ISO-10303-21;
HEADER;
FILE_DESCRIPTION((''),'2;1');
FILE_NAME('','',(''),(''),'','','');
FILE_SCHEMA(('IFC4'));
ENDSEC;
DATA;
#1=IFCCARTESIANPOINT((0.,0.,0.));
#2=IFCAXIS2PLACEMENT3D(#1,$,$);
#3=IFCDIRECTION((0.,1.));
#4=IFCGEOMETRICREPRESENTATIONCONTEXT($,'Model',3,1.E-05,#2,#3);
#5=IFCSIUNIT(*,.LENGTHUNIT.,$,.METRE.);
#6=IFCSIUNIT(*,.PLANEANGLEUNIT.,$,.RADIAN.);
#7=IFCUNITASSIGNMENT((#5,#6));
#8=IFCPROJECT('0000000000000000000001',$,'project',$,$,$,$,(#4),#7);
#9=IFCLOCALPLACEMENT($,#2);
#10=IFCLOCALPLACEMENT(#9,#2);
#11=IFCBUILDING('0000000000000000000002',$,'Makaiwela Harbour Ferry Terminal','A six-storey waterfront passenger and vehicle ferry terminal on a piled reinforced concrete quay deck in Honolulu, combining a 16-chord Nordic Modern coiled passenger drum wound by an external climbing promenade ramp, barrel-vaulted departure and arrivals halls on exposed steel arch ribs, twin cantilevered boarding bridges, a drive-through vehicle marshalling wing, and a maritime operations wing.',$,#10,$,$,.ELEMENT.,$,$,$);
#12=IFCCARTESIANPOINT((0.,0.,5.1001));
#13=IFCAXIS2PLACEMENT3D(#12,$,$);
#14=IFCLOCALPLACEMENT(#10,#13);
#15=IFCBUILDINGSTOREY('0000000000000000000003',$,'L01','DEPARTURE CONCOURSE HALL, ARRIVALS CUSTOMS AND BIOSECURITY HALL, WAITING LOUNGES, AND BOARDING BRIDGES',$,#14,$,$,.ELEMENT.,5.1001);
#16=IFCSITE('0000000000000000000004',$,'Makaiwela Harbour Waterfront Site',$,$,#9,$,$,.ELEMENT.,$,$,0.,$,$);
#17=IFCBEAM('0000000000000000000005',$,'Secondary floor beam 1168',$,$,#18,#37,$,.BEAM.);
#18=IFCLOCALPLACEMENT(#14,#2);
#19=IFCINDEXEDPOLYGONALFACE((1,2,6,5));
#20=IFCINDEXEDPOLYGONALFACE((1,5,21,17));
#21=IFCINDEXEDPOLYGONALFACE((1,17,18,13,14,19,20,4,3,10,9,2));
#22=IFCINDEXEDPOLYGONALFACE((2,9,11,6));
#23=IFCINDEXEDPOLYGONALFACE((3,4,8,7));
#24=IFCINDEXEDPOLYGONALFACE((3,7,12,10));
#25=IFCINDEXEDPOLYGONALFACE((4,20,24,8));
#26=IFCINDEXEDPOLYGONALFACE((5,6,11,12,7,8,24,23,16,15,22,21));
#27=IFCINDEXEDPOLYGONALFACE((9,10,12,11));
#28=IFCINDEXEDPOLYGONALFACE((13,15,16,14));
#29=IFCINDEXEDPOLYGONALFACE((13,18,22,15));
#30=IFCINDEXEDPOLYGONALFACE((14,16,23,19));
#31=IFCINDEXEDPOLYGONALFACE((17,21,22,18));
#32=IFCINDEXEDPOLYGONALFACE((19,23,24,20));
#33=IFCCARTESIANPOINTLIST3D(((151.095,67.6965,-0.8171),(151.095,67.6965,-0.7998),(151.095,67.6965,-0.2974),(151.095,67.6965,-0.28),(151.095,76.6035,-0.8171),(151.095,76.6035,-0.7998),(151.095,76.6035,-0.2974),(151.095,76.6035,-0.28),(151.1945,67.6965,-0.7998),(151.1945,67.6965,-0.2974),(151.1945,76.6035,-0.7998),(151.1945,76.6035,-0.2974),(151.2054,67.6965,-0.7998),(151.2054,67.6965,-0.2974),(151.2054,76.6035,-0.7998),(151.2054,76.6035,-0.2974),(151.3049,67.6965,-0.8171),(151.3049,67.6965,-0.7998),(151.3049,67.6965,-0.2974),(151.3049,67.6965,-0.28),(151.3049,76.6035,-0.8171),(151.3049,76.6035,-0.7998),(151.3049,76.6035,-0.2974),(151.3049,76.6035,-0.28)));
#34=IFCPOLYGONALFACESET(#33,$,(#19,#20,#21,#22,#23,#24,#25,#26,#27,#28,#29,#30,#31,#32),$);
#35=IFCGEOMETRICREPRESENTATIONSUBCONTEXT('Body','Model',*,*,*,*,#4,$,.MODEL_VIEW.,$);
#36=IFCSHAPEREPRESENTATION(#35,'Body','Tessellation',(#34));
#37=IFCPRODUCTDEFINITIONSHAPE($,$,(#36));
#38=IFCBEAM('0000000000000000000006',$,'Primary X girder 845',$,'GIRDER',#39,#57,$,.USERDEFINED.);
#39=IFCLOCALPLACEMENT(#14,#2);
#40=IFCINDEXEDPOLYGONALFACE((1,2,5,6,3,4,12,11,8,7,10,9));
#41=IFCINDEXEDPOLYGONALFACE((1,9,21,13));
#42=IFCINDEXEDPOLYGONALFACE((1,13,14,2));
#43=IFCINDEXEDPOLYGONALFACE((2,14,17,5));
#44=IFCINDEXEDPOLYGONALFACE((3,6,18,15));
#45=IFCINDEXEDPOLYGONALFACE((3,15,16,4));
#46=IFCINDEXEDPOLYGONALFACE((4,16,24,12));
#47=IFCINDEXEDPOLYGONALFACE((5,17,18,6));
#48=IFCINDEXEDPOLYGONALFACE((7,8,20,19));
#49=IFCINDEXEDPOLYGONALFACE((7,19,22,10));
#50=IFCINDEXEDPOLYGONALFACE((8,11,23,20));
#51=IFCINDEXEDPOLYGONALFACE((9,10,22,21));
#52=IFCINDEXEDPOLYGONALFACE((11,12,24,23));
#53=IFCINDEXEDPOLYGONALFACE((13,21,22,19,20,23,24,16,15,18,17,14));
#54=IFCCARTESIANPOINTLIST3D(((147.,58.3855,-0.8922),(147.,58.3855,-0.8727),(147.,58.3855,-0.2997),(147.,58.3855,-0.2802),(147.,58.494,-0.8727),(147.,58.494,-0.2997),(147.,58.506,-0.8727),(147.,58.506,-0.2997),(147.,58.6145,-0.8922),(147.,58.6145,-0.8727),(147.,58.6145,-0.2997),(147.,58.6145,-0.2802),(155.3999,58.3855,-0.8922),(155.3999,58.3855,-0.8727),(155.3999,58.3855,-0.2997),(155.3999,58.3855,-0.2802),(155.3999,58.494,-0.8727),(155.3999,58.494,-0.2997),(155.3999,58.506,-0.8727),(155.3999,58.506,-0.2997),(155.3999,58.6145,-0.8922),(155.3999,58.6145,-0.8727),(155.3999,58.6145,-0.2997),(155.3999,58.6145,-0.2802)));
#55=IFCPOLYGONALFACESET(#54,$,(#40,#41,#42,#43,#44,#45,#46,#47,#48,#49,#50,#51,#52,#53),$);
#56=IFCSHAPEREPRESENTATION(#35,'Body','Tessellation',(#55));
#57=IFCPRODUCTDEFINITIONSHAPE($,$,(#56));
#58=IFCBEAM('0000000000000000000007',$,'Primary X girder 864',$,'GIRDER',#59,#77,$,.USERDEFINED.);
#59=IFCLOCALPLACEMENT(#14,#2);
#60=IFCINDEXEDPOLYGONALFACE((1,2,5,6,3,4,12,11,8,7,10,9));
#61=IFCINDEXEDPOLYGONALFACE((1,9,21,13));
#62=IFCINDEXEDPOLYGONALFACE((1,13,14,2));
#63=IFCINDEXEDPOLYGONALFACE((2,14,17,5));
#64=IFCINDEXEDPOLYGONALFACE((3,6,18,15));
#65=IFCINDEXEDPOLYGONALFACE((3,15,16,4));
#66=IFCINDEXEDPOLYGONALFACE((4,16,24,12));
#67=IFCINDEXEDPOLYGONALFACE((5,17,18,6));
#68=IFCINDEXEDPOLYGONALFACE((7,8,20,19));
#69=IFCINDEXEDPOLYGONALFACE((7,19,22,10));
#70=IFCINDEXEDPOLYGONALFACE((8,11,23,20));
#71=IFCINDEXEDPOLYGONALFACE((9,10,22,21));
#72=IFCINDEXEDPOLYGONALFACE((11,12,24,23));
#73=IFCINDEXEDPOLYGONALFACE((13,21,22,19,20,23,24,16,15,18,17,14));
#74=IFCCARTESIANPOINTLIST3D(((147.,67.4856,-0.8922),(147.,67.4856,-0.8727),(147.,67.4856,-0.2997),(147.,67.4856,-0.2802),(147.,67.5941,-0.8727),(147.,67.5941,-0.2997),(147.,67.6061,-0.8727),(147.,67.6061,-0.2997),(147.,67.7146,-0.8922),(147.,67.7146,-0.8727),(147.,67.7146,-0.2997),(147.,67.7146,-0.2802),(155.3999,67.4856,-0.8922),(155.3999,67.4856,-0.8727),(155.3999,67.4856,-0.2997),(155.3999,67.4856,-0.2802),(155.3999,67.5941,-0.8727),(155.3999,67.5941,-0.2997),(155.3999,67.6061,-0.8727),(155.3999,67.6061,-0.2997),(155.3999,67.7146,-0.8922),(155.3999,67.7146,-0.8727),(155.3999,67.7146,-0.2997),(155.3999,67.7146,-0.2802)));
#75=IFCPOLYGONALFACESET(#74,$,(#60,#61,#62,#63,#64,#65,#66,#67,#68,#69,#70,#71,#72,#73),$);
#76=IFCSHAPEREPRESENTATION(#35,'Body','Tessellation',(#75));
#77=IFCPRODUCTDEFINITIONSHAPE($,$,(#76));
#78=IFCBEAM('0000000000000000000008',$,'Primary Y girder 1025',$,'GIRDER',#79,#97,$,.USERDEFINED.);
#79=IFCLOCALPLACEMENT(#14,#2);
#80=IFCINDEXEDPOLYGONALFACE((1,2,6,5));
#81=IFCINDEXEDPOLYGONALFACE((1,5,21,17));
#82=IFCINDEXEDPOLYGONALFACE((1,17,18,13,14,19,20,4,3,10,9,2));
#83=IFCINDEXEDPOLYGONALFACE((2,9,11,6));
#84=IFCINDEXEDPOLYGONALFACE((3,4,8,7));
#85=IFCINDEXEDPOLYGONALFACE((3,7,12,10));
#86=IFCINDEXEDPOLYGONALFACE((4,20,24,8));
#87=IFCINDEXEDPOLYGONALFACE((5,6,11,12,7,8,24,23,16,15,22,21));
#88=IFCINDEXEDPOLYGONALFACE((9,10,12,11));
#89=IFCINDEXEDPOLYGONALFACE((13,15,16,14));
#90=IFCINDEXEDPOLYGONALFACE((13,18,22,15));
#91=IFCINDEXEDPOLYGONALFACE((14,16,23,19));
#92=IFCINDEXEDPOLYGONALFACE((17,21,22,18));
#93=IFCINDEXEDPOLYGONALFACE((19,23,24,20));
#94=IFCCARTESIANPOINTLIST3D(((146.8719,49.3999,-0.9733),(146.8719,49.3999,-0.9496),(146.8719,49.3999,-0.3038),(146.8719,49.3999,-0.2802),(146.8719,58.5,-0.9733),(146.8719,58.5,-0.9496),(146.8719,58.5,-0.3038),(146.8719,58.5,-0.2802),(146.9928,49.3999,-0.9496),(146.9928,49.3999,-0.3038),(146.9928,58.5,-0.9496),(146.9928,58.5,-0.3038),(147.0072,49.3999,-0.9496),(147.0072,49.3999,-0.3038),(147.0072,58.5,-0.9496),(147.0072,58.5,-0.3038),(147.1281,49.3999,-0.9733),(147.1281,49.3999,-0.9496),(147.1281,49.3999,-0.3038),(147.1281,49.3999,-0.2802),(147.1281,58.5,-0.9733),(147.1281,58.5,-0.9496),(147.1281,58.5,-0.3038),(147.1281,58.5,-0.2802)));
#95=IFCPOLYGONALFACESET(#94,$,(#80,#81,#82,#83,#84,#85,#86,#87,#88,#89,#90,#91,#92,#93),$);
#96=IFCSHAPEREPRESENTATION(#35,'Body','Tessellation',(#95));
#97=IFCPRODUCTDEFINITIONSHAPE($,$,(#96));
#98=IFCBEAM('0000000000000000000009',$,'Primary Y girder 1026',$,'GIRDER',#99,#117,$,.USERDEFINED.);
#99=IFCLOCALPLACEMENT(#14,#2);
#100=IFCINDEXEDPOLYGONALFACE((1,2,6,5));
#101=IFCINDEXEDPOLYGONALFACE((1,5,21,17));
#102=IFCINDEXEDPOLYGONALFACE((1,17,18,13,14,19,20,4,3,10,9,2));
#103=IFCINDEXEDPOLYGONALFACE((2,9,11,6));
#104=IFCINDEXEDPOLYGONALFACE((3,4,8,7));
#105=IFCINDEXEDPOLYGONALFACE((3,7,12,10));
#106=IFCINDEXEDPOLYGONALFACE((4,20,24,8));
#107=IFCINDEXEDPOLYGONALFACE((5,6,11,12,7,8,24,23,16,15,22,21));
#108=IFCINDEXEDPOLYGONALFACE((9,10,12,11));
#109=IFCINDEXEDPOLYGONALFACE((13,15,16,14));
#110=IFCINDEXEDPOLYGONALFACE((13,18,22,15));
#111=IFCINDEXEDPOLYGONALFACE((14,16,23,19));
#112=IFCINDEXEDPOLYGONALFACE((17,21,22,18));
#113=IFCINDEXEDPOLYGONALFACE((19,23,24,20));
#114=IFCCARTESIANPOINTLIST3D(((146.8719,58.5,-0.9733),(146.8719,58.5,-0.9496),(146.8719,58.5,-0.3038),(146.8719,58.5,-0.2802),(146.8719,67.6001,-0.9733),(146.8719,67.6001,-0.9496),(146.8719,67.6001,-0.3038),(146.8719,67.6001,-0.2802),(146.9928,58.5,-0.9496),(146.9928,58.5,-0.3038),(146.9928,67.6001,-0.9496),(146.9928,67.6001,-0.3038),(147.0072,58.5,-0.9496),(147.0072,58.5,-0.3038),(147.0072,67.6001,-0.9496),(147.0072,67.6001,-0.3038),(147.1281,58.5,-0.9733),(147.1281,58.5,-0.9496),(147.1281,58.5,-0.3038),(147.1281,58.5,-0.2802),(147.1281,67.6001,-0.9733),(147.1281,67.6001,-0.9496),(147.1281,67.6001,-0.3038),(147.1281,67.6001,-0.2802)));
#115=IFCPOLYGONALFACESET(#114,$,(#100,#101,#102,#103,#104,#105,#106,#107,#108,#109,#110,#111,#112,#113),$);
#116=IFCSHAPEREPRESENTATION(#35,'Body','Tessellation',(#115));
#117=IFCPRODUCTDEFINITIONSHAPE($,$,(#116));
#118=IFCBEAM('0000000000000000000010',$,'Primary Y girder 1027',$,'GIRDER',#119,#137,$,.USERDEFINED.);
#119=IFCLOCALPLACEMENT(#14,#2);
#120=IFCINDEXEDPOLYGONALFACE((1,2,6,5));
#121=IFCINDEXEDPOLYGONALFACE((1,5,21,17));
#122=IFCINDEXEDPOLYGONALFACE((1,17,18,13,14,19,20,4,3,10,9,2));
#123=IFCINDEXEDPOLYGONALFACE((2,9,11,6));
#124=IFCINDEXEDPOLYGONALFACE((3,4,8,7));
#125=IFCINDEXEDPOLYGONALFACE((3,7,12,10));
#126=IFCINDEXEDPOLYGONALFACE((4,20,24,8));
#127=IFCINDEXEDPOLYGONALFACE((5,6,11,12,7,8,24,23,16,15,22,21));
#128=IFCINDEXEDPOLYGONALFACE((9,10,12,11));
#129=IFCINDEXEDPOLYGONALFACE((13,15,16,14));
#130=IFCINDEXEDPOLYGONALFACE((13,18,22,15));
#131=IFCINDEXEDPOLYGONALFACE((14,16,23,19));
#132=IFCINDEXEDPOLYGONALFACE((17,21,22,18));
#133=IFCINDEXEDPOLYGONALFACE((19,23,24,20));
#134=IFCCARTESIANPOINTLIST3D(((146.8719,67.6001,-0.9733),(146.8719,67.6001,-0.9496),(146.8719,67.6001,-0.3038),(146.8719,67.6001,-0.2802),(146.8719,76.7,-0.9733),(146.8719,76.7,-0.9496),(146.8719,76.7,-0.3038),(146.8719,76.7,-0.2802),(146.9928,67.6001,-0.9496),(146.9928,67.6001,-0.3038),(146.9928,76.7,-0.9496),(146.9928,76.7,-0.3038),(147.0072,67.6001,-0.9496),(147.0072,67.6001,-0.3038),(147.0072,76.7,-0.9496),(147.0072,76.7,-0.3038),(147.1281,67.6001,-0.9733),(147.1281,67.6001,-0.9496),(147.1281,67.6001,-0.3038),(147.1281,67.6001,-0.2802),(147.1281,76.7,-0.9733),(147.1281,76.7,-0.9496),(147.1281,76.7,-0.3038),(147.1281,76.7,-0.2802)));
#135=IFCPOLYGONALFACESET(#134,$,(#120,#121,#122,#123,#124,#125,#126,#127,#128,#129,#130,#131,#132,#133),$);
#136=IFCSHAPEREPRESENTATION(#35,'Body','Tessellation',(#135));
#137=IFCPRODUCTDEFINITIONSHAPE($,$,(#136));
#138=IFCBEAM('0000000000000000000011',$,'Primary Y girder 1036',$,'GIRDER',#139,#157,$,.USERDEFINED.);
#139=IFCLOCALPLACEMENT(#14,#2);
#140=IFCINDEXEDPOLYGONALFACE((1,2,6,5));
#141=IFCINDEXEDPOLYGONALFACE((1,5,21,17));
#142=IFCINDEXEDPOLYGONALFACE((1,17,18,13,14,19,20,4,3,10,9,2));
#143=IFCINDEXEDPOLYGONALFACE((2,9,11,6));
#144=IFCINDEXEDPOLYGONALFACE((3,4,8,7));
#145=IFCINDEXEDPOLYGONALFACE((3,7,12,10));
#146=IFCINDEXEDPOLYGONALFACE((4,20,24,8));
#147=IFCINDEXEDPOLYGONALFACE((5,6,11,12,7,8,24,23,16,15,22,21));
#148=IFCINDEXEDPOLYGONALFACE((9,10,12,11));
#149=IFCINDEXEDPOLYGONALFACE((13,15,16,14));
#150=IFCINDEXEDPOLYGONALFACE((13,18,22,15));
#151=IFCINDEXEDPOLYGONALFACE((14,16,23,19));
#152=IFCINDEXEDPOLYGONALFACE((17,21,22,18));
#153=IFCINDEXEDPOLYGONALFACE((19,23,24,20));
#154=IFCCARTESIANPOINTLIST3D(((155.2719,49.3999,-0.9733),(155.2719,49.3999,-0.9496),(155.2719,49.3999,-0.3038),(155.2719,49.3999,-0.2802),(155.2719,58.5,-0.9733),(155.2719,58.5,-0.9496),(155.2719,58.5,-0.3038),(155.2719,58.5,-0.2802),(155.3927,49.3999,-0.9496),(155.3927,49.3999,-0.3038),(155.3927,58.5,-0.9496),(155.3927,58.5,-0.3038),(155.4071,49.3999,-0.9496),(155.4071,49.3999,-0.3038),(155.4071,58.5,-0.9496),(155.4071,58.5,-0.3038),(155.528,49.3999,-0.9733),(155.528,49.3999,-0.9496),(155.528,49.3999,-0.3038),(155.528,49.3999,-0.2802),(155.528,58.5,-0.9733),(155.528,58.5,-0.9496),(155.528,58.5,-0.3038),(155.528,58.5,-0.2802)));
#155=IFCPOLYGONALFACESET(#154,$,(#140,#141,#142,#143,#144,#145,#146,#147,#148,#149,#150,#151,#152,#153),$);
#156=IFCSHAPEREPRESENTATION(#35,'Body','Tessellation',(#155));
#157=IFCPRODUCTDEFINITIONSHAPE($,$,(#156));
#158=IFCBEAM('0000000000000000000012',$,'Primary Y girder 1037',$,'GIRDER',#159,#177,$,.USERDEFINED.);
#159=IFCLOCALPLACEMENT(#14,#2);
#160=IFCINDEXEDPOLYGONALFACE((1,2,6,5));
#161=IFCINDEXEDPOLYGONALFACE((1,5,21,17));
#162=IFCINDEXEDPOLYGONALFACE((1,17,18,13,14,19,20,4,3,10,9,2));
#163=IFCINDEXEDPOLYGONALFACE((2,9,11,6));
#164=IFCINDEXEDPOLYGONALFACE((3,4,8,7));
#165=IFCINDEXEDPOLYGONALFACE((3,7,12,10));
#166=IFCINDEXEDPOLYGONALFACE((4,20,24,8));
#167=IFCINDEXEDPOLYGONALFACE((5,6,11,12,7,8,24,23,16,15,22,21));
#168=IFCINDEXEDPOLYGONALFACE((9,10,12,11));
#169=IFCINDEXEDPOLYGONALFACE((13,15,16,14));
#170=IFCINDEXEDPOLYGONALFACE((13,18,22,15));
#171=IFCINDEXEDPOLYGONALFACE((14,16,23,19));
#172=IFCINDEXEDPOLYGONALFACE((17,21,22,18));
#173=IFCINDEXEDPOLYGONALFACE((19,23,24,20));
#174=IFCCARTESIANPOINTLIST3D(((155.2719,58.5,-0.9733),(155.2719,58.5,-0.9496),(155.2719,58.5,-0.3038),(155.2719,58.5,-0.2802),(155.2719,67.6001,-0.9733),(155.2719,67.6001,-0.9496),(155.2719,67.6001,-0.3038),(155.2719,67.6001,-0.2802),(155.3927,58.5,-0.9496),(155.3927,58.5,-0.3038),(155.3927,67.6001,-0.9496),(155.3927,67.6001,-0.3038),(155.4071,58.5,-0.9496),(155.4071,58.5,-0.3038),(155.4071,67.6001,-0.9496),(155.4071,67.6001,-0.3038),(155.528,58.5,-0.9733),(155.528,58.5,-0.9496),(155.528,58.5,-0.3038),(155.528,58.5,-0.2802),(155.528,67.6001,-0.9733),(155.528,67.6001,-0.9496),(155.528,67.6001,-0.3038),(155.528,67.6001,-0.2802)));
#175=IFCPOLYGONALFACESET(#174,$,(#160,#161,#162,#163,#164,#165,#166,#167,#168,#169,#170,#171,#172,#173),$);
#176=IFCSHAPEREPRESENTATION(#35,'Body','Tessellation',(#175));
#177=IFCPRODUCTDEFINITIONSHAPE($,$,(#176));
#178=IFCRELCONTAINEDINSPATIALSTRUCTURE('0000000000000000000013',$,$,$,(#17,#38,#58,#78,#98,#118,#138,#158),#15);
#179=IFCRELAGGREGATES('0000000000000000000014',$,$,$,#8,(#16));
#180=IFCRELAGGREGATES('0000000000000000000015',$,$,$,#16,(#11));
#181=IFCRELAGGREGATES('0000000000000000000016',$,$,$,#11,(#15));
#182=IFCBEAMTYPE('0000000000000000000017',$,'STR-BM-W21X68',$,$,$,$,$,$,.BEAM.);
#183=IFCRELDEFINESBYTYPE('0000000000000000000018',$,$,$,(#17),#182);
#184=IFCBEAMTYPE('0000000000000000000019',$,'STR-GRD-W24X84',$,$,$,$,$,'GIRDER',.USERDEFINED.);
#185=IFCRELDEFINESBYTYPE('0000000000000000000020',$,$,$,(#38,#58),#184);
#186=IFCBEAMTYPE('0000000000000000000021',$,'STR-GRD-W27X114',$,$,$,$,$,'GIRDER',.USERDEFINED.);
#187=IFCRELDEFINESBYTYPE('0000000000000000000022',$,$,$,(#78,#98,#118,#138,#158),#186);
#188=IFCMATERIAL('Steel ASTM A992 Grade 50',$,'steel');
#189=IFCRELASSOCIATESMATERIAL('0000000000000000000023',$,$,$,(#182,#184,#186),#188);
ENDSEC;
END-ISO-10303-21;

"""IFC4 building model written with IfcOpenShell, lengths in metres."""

from ifc_helpers import new_model, si_unit, direction, frame, origin, origin_2d, place, context, subcontext, project, spatial, i_section, extrude, material, material_profile, profile_set, type_object, element, save


model = new_model("IFC4")

# Units and contexts
model_context = context("Model", 3, precision=1e-05, world=origin(), true_north=direction((0.0, 1.0)))
body_context = subcontext(model_context, "Body", "Model", "MODEL_VIEW")
ifc_project = project(units=[si_unit("LENGTHUNIT", "METRE"), si_unit("PLANEANGLEUNIT", "RADIAN")], contexts=[model_context])

# Site, building, storey
site_placement = place(None, origin())
site = spatial("IfcSite", under=ifc_project, at=site_placement, Name="Makaiwela Harbour Waterfront Site", CompositionType="ELEMENT", RefElevation=0.0)
building_placement = place(site_placement, origin())
building = spatial("IfcBuilding", under=site, at=building_placement, Name="Makaiwela Harbour Ferry Terminal", Description="A six-storey waterfront passenger and vehicle ferry terminal on a piled reinforced concrete quay deck in Honolulu, combining a 16-chord Nordic Modern coiled passenger drum wound by an external climbing promenade ramp, barrel-vaulted departure and arrivals halls on exposed steel arch ribs, twin cantilevered boarding bridges, a drive-through vehicle marshalling wing, and a maritime operations wing.", CompositionType="ELEMENT")
storey_placement = place(building_placement, frame((0.0, 0.0, 5.1001)))
storey = spatial("IfcBuildingStorey", under=building, at=storey_placement, Name="L01", Description="DEPARTURE CONCOURSE HALL, ARRIVALS CUSTOMS AND BIOSECURITY HALL, WAITING LOUNGES, AND BOARDING BRIDGES", CompositionType="ELEMENT", Elevation=5.1001)

# Shared definitions
ifc_material_1 = material(Name="Steel ASTM A992 Grade 50", Category="steel")

# Beams
ifc_material_profile_1 = material_profile(ifc_material_1, i_section(OverallWidth=0.21, OverallDepth=0.5371, WebThickness=0.011, FlangeThickness=0.0173, at=origin_2d()), Name="W21X68")
ifc_profile_set_1 = profile_set([ifc_material_profile_1], Name="Steel ASTM A992 Grade 50")
beam_type_1 = type_object("IfcBeamType", Name="STR-BM-W21X68", PredefinedType="BEAM", material=ifc_profile_set_1)
for number, where, z_axis, x_axis, name in (
    (1, (151.2, 67.6965, -0.5486), (0.0, 1.0, 0.0), (-1.0, 0.0, 0.0), "Secondary floor beam 1168"),
):
    element("IfcBeam", number, at=place(storey_placement, frame(where, z_axis=z_axis, x_axis=x_axis)), inside=storey, type_object=beam_type_1, Name=name, PredefinedType="BEAM", context=body_context, shape_type="SweptSolid", body=[
        extrude(i_section(OverallWidth=0.21, OverallDepth=0.5371, WebThickness=0.011, FlangeThickness=0.0173, at=origin_2d()), origin(), (0.0, 0.0, 1.0), 8.907),
    ])
ifc_material_profile_2 = material_profile(ifc_material_1, i_section(OverallWidth=0.229, OverallDepth=0.6121, WebThickness=0.012, FlangeThickness=0.0195, at=origin_2d()), Name="W24X84")
ifc_profile_set_2 = profile_set([ifc_material_profile_2], Name="Steel ASTM A992 Grade 50")
beam_type_2 = type_object("IfcBeamType", Name="STR-GRD-W24X84", ElementType="GIRDER", PredefinedType="USERDEFINED", material=ifc_profile_set_2)
for number, where, z_axis, x_axis, name in (
    (2, (147.0, 58.5, -0.5862), (1.0, 0.0, 0.0), (0.0, 1.0, 0.0), "Primary X girder 845"),
    (3, (147.0, 67.6001, -0.5862), (1.0, 0.0, 0.0), (0.0, 1.0, 0.0), "Primary X girder 864"),
):
    element("IfcBeam", number, at=place(storey_placement, frame(where, z_axis=z_axis, x_axis=x_axis)), inside=storey, type_object=beam_type_2, Name=name, ObjectType="GIRDER", PredefinedType="USERDEFINED", context=body_context, shape_type="SweptSolid", body=[
        extrude(i_section(OverallWidth=0.229, OverallDepth=0.6121, WebThickness=0.012, FlangeThickness=0.0195, at=origin_2d()), origin(), (0.0, 0.0, 1.0), 8.3999),
    ])
ifc_material_profile_3 = material_profile(ifc_material_1, i_section(OverallWidth=0.2561, OverallDepth=0.6931, WebThickness=0.0144, FlangeThickness=0.0237, at=origin_2d()), Name="W27X114")
ifc_profile_set_3 = profile_set([ifc_material_profile_3], Name="Steel ASTM A992 Grade 50")
beam_type_3 = type_object("IfcBeamType", Name="STR-GRD-W27X114", ElementType="GIRDER", PredefinedType="USERDEFINED", material=ifc_profile_set_3)
for number, where, z_axis, x_axis, name in (
    (4, (147.0, 49.3999, -0.6267), (0.0, 1.0, 0.0), (-1.0, 0.0, 0.0), "Primary Y girder 1025"),
    (5, (147.0, 58.5, -0.6267), (0.0, 1.0, 0.0), (-1.0, 0.0, 0.0), "Primary Y girder 1026"),
):
    element("IfcBeam", number, at=place(storey_placement, frame(where, z_axis=z_axis, x_axis=x_axis)), inside=storey, type_object=beam_type_3, Name=name, ObjectType="GIRDER", PredefinedType="USERDEFINED", context=body_context, shape_type="SweptSolid", body=[
        extrude(i_section(OverallWidth=0.2561, OverallDepth=0.6931, WebThickness=0.0144, FlangeThickness=0.0237, at=origin_2d()), origin(), (0.0, 0.0, 1.0), 9.1001),
    ])
beam_1_placement = place(storey_placement, frame((147.0, 67.6001, -0.6267), z_axis=(0.0, 1.0, 0.0), x_axis=(-1.0, 0.0, 0.0)))
element("IfcBeam", 6, at=beam_1_placement, inside=storey, type_object=beam_type_3, Name="Primary Y girder 1027", ObjectType="GIRDER", PredefinedType="USERDEFINED", context=body_context, shape_type="SweptSolid", body=[
    extrude(i_section(OverallWidth=0.2561, OverallDepth=0.6931, WebThickness=0.0144, FlangeThickness=0.0237, at=origin_2d()), origin(), (0.0, 0.0, 1.0), 9.0999),
])
for number, where, z_axis, x_axis, name in (
    (7, (155.3999, 49.3999, -0.6267), (0.0, 1.0, 0.0), (-1.0, 0.0, 0.0), "Primary Y girder 1036"),
    (8, (155.3999, 58.5, -0.6267), (0.0, 1.0, 0.0), (-1.0, 0.0, 0.0), "Primary Y girder 1037"),
):
    element("IfcBeam", number, at=place(storey_placement, frame(where, z_axis=z_axis, x_axis=x_axis)), inside=storey, type_object=beam_type_3, Name=name, ObjectType="GIRDER", PredefinedType="USERDEFINED", context=body_context, shape_type="SweptSolid", body=[
        extrude(i_section(OverallWidth=0.2561, OverallDepth=0.6931, WebThickness=0.0144, FlangeThickness=0.0237, at=origin_2d()), origin(), (0.0, 0.0, 1.0), 9.1001),
    ])

save(model, "model.ifc")
